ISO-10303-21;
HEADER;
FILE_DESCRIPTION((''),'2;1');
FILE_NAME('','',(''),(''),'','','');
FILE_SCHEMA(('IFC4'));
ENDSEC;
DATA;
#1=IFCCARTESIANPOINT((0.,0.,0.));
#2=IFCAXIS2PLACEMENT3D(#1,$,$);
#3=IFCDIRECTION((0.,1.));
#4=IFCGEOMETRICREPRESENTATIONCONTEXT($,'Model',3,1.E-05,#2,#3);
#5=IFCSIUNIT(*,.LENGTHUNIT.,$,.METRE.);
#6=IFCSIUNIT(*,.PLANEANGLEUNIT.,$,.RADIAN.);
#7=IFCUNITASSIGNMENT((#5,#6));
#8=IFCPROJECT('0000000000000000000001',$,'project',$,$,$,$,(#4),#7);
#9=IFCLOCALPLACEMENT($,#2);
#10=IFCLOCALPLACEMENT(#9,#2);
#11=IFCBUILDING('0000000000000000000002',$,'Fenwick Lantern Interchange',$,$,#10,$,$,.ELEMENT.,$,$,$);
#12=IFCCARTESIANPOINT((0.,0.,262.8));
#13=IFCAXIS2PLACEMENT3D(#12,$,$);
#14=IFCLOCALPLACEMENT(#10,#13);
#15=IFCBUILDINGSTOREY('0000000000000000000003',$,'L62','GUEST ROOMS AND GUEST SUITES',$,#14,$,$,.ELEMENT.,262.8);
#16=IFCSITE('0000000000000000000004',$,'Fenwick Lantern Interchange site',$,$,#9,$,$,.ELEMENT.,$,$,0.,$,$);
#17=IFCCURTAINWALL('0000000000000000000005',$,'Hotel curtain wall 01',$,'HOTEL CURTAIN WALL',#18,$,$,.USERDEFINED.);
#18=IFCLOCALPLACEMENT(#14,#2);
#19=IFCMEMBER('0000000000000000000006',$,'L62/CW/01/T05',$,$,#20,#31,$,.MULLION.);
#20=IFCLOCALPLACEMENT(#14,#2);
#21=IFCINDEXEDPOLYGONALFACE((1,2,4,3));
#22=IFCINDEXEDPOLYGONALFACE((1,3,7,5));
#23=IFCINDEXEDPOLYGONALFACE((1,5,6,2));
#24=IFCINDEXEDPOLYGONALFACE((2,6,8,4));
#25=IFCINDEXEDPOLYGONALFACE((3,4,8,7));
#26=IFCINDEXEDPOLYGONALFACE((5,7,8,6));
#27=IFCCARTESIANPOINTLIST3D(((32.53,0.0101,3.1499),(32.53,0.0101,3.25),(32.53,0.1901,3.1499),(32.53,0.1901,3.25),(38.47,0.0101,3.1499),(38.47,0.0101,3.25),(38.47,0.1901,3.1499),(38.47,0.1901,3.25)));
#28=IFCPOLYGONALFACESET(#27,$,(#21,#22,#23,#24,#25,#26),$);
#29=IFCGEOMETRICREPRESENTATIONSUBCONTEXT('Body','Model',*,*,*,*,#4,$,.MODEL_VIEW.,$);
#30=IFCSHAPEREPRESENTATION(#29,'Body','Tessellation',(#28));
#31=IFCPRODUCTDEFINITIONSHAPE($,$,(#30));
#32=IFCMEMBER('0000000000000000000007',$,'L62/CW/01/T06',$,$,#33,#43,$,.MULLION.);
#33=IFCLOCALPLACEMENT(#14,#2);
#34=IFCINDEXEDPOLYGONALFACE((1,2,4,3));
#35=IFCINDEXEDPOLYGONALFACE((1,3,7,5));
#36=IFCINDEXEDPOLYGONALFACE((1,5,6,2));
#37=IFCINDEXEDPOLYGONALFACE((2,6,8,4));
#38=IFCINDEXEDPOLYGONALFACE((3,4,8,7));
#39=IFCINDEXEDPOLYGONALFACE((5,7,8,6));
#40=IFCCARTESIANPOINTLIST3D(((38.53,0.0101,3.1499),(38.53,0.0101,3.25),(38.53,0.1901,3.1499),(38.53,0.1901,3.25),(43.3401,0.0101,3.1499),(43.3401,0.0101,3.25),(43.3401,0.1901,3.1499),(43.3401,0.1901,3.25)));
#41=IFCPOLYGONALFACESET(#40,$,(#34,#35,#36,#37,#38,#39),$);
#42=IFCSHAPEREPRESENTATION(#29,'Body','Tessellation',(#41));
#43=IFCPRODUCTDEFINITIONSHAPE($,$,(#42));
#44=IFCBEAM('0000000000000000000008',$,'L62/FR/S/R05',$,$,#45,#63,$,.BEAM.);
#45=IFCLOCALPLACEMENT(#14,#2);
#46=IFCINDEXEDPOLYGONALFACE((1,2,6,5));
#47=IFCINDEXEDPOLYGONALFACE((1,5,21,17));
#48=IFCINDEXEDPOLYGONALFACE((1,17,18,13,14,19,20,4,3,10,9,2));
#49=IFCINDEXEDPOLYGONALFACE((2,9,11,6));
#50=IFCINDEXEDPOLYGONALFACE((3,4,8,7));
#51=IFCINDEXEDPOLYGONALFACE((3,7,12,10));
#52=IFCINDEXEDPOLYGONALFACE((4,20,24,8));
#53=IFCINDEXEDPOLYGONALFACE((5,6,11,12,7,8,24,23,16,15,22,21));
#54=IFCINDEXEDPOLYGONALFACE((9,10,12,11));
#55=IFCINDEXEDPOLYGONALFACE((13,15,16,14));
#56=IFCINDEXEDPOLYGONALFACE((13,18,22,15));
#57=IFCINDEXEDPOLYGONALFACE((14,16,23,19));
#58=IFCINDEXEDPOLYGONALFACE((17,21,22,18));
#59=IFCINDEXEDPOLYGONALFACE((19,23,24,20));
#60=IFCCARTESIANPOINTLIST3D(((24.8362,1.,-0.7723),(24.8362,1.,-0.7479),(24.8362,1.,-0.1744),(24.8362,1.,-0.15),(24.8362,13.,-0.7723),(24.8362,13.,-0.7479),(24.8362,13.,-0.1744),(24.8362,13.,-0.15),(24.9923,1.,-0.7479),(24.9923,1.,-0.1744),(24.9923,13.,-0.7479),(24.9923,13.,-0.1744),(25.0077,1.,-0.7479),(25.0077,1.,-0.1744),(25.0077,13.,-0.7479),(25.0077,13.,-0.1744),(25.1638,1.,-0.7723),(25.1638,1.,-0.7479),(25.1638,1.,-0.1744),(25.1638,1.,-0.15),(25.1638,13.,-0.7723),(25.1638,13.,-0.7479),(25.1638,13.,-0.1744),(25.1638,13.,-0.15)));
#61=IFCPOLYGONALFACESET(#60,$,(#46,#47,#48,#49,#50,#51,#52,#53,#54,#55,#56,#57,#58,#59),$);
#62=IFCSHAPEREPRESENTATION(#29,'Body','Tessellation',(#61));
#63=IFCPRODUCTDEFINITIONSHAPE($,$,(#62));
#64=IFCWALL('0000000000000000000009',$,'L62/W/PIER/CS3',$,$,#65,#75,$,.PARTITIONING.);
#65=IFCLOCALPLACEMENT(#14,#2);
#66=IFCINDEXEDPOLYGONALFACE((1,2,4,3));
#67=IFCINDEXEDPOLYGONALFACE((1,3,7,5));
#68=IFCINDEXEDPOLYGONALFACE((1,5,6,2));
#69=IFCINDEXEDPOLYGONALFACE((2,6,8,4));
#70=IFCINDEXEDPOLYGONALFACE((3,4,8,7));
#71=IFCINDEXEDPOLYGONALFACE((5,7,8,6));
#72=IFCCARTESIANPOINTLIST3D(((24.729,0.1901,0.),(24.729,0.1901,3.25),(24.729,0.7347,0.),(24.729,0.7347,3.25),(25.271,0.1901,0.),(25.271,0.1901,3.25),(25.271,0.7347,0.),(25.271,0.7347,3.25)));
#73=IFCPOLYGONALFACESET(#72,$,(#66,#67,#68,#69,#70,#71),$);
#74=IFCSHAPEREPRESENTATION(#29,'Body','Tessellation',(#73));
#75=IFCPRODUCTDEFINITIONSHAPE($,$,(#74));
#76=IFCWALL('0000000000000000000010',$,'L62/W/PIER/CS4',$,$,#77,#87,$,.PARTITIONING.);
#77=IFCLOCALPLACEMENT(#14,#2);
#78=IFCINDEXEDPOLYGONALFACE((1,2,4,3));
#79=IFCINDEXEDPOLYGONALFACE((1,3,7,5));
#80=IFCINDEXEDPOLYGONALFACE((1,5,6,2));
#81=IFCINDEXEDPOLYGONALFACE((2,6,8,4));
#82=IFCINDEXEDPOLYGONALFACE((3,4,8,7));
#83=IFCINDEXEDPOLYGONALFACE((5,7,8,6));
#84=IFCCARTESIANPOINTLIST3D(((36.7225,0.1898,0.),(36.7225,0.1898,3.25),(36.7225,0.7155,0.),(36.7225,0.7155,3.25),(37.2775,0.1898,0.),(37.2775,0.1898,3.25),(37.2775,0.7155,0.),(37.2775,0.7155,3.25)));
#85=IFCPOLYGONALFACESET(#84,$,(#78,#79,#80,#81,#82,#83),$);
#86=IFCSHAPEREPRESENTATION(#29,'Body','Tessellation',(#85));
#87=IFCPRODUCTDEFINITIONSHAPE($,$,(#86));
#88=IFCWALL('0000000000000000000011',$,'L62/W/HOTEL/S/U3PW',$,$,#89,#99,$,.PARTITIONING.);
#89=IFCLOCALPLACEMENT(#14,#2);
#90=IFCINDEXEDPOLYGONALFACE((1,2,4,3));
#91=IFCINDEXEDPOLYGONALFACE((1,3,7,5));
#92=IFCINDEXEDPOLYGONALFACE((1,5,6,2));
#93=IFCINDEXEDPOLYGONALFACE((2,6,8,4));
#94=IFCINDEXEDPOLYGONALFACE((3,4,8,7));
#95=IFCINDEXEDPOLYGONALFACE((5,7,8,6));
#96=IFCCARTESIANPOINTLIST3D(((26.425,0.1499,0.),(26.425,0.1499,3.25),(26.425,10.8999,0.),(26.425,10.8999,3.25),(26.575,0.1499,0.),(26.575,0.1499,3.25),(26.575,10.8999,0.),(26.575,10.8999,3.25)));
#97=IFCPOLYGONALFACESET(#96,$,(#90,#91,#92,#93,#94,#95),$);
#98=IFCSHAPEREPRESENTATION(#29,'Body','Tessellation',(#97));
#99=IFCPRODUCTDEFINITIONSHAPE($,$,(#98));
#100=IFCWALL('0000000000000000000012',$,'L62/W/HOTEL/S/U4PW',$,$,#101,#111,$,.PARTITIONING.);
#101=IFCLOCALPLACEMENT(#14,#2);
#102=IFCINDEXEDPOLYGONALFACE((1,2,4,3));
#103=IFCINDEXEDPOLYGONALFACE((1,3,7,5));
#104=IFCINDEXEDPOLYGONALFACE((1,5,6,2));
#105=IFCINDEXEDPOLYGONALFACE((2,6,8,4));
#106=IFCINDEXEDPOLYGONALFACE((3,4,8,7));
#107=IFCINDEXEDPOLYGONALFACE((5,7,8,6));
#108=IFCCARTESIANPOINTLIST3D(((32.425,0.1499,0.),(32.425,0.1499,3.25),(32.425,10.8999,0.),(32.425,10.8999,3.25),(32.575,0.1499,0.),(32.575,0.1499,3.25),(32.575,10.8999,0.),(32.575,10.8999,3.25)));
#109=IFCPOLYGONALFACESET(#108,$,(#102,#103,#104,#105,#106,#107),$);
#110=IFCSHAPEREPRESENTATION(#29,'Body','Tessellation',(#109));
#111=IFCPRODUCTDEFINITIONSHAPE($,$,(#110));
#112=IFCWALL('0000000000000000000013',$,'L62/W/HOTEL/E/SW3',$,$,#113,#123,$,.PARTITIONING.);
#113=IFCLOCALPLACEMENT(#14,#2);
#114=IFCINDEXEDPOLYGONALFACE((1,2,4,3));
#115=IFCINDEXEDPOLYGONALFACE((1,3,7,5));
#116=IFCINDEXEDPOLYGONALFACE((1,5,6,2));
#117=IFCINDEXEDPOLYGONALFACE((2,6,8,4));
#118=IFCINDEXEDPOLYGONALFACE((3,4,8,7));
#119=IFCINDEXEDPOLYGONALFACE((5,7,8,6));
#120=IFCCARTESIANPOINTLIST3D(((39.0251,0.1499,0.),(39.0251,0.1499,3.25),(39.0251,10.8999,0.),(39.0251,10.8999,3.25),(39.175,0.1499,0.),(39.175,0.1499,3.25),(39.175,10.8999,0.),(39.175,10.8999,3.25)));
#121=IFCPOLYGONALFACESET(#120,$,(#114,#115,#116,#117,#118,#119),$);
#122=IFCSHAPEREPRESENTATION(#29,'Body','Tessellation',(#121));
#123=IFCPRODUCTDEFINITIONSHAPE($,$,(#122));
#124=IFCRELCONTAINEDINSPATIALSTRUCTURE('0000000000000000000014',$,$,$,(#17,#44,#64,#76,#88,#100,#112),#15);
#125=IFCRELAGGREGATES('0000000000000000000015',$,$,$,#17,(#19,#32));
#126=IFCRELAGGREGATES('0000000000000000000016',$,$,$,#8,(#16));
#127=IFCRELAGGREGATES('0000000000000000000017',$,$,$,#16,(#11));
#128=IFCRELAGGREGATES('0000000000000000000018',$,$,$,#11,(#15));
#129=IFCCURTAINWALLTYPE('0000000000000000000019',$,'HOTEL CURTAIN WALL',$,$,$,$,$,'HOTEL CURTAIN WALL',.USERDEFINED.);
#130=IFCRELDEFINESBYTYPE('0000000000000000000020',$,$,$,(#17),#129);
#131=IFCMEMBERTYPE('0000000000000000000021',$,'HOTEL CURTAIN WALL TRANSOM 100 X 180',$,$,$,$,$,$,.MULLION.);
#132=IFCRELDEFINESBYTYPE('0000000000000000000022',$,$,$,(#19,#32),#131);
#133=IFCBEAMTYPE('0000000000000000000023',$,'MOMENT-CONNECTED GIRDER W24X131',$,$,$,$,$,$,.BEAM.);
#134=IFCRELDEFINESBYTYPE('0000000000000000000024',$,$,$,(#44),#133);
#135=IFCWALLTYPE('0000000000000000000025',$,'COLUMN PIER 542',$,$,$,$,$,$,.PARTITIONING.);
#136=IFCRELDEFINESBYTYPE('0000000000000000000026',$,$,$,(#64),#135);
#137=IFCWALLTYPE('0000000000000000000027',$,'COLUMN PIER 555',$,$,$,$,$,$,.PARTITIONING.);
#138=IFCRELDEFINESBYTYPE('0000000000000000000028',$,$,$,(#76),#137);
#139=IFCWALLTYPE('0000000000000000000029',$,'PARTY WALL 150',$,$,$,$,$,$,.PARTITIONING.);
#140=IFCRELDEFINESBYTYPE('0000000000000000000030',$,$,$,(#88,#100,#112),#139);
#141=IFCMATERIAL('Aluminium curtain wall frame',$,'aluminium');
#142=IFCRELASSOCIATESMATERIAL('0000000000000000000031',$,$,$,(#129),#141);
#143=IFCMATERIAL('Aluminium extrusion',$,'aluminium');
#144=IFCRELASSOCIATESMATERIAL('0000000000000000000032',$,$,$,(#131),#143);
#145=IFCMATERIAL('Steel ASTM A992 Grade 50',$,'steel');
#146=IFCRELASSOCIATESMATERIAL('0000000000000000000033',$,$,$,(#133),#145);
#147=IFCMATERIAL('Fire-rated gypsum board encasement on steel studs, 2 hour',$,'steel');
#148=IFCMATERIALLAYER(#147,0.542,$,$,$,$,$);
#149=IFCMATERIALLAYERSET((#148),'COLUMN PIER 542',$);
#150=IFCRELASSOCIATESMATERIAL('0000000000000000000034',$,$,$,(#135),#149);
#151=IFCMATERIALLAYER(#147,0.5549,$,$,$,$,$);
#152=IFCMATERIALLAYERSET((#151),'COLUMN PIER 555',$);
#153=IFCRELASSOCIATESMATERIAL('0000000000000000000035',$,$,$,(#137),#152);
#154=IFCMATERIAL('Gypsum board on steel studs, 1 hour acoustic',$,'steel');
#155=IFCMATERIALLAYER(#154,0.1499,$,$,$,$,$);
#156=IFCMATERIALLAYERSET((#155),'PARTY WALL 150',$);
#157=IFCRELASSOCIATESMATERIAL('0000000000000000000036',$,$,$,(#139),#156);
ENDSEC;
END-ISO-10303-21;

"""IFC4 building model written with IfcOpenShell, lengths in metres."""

from ifc_helpers import new_model, si_unit, direction, frame, frame_2d, origin, origin_2d, place, context, subcontext, project, spatial, rectangle, i_section, extrude, material, layer, layer_set, material_profile, profile_set, type_object, element, aggregate, save


model = new_model("IFC4")

# Units and contexts
model_context = context("Model", 3, precision=1e-05, world=origin(), true_north=direction((0.0, 1.0)))
body_context = subcontext(model_context, "Body", "Model", "MODEL_VIEW")
ifc_project = project(units=[si_unit("LENGTHUNIT", "METRE"), si_unit("PLANEANGLEUNIT", "RADIAN")], contexts=[model_context])

# Site, building, storey
site_placement = place(None, origin())
site = spatial("IfcSite", under=ifc_project, at=site_placement, Name="Fenwick Lantern Interchange site", CompositionType="ELEMENT", RefElevation=0.0)
building_placement = place(site_placement, origin())
building = spatial("IfcBuilding", under=site, at=building_placement, Name="Fenwick Lantern Interchange", CompositionType="ELEMENT")
storey_placement = place(building_placement, frame((0.0, 0.0, 262.8)))
storey = spatial("IfcBuildingStorey", under=building, at=storey_placement, Name="L62", Description="GUEST ROOMS AND GUEST SUITES", CompositionType="ELEMENT", Elevation=262.8)

# Shared definitions
ifc_material_1 = material(Name="Steel ASTM A992 Grade 50", Category="steel")

# Curtain wall, members
ifc_material_2 = material(Name="Aluminium curtain wall frame", Category="aluminium")
curtain_wall_type = type_object("IfcCurtainWallType", Name="HOTEL CURTAIN WALL", ElementType="HOTEL CURTAIN WALL", PredefinedType="USERDEFINED", material=ifc_material_2)
curtain_wall_placement = place(storey_placement, origin())
curtain_wall = element("IfcCurtainWall", 1, at=curtain_wall_placement, inside=storey, type_object=curtain_wall_type, Name="Hotel curtain wall 01", ObjectType="HOTEL CURTAIN WALL", PredefinedType="USERDEFINED")
ifc_material_3 = material(Name="Aluminium extrusion", Category="aluminium")
ifc_material_profile_1 = material_profile(ifc_material_3, rectangle(XDim=0.1799, YDim=0.1001, at=origin_2d()), Name="HOTEL CURTAIN WALL TRANSOM 100 X 180")
ifc_profile_set_1 = profile_set([ifc_material_profile_1], Name="Aluminium extrusion")
member_type_1 = type_object("IfcMemberType", Name="HOTEL CURTAIN WALL TRANSOM 100 X 180", PredefinedType="MULLION", material=ifc_profile_set_1)
member_1_placement = place(storey_placement, frame((32.53, 0.1001, 3.2), z_axis=(1.0, 0.0, 0.0), x_axis=(0.0, 1.0, 0.0)))
member_1 = element("IfcMember", 2, at=member_1_placement, type_object=member_type_1, Name="L62/CW/01/T05", PredefinedType="MULLION", context=body_context, shape_type="SweptSolid", body=[
    extrude(rectangle(XDim=0.1799, YDim=0.1001, at=origin_2d()), origin(), (0.0, 0.0, 1.0), 5.9399),
])
member_2_placement = place(storey_placement, frame((38.53, 0.1001, 3.2), z_axis=(1.0, 0.0, 0.0), x_axis=(0.0, 1.0, 0.0)))
member_2 = element("IfcMember", 3, at=member_2_placement, type_object=member_type_1, Name="L62/CW/01/T06", PredefinedType="MULLION", context=body_context, shape_type="SweptSolid", body=[
    extrude(rectangle(XDim=0.1799, YDim=0.1001, at=origin_2d()), origin(), (0.0, 0.0, 1.0), 4.8101),
])
aggregate(curtain_wall, [member_1, member_2])

# Beam
ifc_material_profile_2 = material_profile(ifc_material_1, i_section(OverallWidth=0.3276, OverallDepth=0.6223, WebThickness=0.0154, FlangeThickness=0.0244, at=origin_2d()), Name="W24X131")
ifc_profile_set_2 = profile_set([ifc_material_profile_2], Name="Steel ASTM A992 Grade 50")
beam_type_1 = type_object("IfcBeamType", Name="MOMENT-CONNECTED GIRDER W24X131", PredefinedType="BEAM", material=ifc_profile_set_2)
beam_1_placement = place(storey_placement, frame((25.0, 1.0, -0.4612), z_axis=(0.0, 1.0, 0.0), x_axis=(-1.0, 0.0, 0.0)))
element("IfcBeam", 4, at=beam_1_placement, inside=storey, type_object=beam_type_1, Name="L62/FR/S/R05", PredefinedType="BEAM", context=body_context, shape_type="SweptSolid", body=[
    extrude(i_section(OverallWidth=0.3276, OverallDepth=0.6223, WebThickness=0.0154, FlangeThickness=0.0244, at=origin_2d()), origin(), (0.0, 0.0, 1.0), 12.0),
])

# Walls
ifc_material_4 = material(Name="Fire-rated gypsum board encasement on steel studs, 2 hour", Category="steel")
ifc_layer_1 = layer(ifc_material_4, 0.542)
ifc_layer_set_1 = layer_set([ifc_layer_1], Name="COLUMN PIER 542")
wall_type_1 = type_object("IfcWallType", Name="COLUMN PIER 542", PredefinedType="PARTITIONING", material=ifc_layer_set_1)
wall_1_placement = place(storey_placement, frame((25.0, 0.1899, 0.0), z_axis=(0.0, 0.0, 1.0), x_axis=(0.0, 1.0, 0.0)))
element("IfcWall", 5, at=wall_1_placement, inside=storey, type_object=wall_type_1, Name="L62/W/PIER/CS3", PredefinedType="PARTITIONING", context=body_context, shape_type="SweptSolid", body=[
    extrude(rectangle(XDim=0.5447, YDim=0.542, at=frame_2d((0.2725, 0.0))), origin(), (0.0, 0.0, 1.0), 3.25),
])
ifc_layer_2 = layer(ifc_material_4, 0.5549)
ifc_layer_set_2 = layer_set([ifc_layer_2], Name="COLUMN PIER 555")
wall_type_2 = type_object("IfcWallType", Name="COLUMN PIER 555", PredefinedType="PARTITIONING", material=ifc_layer_set_2)
wall_2_placement = place(storey_placement, frame((37.0, 0.1899, 0.0), z_axis=(0.0, 0.0, 1.0), x_axis=(0.0, 1.0, 0.0)))
element("IfcWall", 6, at=wall_2_placement, inside=storey, type_object=wall_type_2, Name="L62/W/PIER/CS4", PredefinedType="PARTITIONING", context=body_context, shape_type="SweptSolid", body=[
    extrude(rectangle(XDim=0.5256, YDim=0.5549, at=frame_2d((0.2627, 0.0))), origin(), (0.0, 0.0, 1.0), 3.25),
])
ifc_material_5 = material(Name="Gypsum board on steel studs, 1 hour acoustic", Category="steel")
ifc_layer_3 = layer(ifc_material_5, 0.1499)
ifc_layer_set_3 = layer_set([ifc_layer_3], Name="PARTY WALL 150")
wall_type_3 = type_object("IfcWallType", Name="PARTY WALL 150", PredefinedType="PARTITIONING", material=ifc_layer_set_3)
for number, where, z_axis, x_axis, name in (
    (7, (26.5, 0.1499, 0.0), (0.0, 0.0, 1.0), (0.0, 1.0, 0.0), "L62/W/HOTEL/S/U3PW"),
    (8, (32.5, 0.1499, 0.0), (0.0, 0.0, 1.0), (0.0, 1.0, 0.0), "L62/W/HOTEL/S/U4PW"),
    (9, (39.1001, 0.1499, 0.0), (0.0, 0.0, 1.0), (0.0, 1.0, 0.0), "L62/W/HOTEL/E/SW3"),
):
    element("IfcWall", number, at=place(storey_placement, frame(where, z_axis=z_axis, x_axis=x_axis)), inside=storey, type_object=wall_type_3, Name=name, PredefinedType="PARTITIONING", context=body_context, shape_type="SweptSolid", body=[
        extrude(rectangle(XDim=10.75, YDim=0.1499, at=frame_2d((5.375, 0.0))), origin(), (0.0, 0.0, 1.0), 3.25),
    ])

save(model, "model.ifc")
